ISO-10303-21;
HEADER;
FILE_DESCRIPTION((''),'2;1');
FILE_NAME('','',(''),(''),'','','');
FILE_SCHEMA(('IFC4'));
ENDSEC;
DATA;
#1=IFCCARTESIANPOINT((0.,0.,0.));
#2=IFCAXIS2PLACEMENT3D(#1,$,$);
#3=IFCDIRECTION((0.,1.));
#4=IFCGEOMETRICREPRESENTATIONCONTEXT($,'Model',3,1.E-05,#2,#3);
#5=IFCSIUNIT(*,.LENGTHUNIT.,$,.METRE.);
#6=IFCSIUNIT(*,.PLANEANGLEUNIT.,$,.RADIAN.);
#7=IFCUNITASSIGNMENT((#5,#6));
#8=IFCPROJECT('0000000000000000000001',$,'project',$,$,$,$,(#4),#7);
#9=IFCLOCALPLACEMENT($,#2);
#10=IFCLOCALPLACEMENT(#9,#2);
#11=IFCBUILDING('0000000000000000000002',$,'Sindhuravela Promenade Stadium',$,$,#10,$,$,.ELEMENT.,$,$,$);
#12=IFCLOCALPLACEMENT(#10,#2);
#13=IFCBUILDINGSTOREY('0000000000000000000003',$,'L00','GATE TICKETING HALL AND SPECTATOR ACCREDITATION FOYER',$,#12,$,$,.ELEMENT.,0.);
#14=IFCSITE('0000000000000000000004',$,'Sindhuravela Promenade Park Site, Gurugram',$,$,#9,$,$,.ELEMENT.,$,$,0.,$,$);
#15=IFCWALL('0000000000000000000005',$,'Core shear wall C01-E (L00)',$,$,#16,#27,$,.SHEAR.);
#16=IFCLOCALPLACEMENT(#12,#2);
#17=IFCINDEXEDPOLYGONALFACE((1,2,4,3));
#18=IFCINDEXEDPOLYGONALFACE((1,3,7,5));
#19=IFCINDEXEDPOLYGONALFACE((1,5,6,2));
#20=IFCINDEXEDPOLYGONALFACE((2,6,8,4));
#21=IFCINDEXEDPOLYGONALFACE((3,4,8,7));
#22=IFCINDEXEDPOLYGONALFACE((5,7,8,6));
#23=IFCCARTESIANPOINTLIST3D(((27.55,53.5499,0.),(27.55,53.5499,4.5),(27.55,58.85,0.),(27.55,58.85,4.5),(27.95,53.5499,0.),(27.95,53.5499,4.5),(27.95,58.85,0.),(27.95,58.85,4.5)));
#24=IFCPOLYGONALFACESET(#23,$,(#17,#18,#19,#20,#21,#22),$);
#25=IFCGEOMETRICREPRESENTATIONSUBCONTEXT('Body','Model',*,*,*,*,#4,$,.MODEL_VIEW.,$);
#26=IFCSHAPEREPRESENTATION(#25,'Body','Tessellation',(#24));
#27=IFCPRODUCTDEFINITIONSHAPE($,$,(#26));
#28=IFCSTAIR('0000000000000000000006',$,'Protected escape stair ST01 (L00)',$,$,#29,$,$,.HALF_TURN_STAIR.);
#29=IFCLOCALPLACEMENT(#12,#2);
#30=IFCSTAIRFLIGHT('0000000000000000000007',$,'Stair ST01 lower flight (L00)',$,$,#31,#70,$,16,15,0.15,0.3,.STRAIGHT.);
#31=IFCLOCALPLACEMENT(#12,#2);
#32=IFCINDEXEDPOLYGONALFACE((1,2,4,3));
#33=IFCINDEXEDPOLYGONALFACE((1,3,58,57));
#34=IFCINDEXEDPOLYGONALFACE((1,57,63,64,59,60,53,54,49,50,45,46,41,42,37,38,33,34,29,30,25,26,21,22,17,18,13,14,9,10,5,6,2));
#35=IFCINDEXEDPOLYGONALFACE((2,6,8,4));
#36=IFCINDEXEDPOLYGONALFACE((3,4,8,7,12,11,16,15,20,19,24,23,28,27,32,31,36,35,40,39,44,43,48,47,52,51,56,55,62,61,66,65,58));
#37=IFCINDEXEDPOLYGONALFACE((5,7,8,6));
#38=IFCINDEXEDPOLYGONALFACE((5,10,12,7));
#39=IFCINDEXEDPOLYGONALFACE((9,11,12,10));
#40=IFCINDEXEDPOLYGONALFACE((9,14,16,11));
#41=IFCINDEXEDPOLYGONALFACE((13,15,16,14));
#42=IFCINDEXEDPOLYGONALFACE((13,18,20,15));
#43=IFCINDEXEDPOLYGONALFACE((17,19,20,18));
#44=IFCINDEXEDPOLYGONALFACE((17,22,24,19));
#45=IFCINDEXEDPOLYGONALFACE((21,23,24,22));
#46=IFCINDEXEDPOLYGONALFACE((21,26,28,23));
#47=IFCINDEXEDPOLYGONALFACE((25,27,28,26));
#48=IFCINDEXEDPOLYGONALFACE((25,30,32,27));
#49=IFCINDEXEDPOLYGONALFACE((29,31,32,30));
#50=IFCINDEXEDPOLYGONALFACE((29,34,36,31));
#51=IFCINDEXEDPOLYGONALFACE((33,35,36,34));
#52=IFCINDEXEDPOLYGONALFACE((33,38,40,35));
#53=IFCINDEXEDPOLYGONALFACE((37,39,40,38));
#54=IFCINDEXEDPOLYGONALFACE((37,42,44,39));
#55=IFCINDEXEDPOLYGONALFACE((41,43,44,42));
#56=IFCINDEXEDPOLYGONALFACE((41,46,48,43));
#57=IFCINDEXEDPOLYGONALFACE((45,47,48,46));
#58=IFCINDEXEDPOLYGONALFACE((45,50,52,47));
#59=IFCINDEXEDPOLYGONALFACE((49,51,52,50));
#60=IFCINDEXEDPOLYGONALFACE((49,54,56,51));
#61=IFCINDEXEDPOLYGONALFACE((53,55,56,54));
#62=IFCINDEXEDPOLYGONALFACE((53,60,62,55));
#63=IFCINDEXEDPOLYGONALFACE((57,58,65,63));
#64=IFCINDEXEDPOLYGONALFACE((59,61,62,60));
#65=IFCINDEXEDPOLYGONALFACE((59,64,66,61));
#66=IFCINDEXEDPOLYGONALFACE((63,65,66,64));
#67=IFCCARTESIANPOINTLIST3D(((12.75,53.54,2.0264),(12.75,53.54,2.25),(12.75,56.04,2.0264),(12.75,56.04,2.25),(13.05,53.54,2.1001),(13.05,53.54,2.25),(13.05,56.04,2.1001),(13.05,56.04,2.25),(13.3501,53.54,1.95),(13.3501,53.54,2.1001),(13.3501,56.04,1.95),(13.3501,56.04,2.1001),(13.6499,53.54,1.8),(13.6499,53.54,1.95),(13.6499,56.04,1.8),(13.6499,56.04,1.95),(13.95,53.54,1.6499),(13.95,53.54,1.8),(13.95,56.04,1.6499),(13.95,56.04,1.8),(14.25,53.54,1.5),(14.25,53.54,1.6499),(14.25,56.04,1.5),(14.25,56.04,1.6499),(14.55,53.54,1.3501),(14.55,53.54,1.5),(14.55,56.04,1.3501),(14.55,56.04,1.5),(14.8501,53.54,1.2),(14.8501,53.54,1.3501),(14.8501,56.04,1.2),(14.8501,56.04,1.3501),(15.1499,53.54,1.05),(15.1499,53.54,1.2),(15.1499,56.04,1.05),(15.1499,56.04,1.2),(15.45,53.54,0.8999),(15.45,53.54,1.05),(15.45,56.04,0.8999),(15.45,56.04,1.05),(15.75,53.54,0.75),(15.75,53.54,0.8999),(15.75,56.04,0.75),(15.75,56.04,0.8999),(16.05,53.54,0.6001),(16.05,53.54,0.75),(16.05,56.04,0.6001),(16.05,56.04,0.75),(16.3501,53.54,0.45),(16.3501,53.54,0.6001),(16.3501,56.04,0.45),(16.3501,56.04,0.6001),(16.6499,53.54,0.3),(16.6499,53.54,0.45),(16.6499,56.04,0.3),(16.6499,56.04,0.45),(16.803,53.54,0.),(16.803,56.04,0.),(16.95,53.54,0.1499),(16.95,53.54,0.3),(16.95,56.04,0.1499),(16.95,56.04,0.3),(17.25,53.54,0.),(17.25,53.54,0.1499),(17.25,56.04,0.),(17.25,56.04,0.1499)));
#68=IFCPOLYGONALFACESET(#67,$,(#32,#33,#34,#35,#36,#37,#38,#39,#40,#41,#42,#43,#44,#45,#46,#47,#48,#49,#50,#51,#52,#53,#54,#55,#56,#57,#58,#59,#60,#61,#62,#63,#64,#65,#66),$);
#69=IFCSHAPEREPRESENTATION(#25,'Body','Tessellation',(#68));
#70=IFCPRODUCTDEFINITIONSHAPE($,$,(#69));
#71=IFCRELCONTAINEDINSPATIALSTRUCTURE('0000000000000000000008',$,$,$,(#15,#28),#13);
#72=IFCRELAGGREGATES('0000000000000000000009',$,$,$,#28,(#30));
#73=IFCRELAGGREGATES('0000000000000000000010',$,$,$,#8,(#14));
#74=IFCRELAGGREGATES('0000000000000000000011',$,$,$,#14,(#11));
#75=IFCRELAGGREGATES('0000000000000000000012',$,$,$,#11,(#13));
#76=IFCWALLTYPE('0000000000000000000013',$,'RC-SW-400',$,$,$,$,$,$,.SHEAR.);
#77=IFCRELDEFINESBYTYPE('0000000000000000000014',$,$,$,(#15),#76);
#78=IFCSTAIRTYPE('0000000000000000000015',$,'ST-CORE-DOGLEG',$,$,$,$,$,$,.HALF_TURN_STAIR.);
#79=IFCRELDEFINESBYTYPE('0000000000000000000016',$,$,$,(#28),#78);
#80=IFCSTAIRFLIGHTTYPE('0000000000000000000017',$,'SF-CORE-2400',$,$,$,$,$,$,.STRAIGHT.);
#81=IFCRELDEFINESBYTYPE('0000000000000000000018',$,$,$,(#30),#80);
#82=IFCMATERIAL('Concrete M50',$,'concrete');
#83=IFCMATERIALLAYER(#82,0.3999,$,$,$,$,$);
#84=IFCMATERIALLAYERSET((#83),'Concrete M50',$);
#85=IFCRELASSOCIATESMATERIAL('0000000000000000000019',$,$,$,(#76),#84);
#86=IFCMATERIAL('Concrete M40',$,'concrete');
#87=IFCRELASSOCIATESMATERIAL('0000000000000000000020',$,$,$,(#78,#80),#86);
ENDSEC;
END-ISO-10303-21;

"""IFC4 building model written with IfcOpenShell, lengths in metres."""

from ifc_helpers import new_model, si_unit, direction, frame, frame_2d, origin, place, context, subcontext, project, spatial, polyline, rectangle, outline, extrude, material, layer, layer_set, type_object, element, aggregate, save


model = new_model("IFC4")

# Units and contexts
model_context = context("Model", 3, precision=1e-05, world=origin(), true_north=direction((0.0, 1.0)))
body_context = subcontext(model_context, "Body", "Model", "MODEL_VIEW")
ifc_project = project(units=[si_unit("LENGTHUNIT", "METRE"), si_unit("PLANEANGLEUNIT", "RADIAN")], contexts=[model_context])

# Site, building, storey
site_placement = place(None, origin())
site = spatial("IfcSite", under=ifc_project, at=site_placement, Name="Sindhuravela Promenade Park Site, Gurugram", CompositionType="ELEMENT", RefElevation=0.0)
building_placement = place(site_placement, origin())
building = spatial("IfcBuilding", under=site, at=building_placement, Name="Sindhuravela Promenade Stadium", CompositionType="ELEMENT")
storey_placement = place(building_placement, origin())
storey = spatial("IfcBuildingStorey", under=building, at=storey_placement, Name="L00", Description="GATE TICKETING HALL AND SPECTATOR ACCREDITATION FOYER", CompositionType="ELEMENT", Elevation=0.0)

# Shared definitions
ifc_material_1 = material(Name="Concrete M50", Category="concrete")

# Shared definitions
ifc_material_2 = material(Name="Concrete M40", Category="concrete")

# Wall
ifc_layer_1 = layer(ifc_material_1, 0.3999)
ifc_layer_set_1 = layer_set([ifc_layer_1], Name="Concrete M50")
wall_type_1 = type_object("IfcWallType", Name="RC-SW-400", PredefinedType="SHEAR", material=ifc_layer_set_1)
wall_1_placement = place(storey_placement, frame((27.75, 53.55, 0.0), z_axis=(0.0, 0.0, 1.0), x_axis=(0.0, 1.0, 0.0)))
element("IfcWall", 1, at=wall_1_placement, inside=storey, type_object=wall_type_1, Name="Core shear wall C01-E (L00)", PredefinedType="SHEAR", context=body_context, shape_type="SweptSolid", body=[
    extrude(rectangle(XDim=5.3, YDim=0.3999, at=frame_2d((2.6499, 0.0))), origin(), (0.0, 0.0, 1.0), 4.5),
])

# Stair, stair flight
stair_type = type_object("IfcStairType", Name="ST-CORE-DOGLEG", PredefinedType="HALF_TURN_STAIR", material=ifc_material_2)
stair_placement = place(storey_placement, origin())
stair = element("IfcStair", 2, at=stair_placement, inside=storey, type_object=stair_type, Name="Protected escape stair ST01 (L00)", PredefinedType="HALF_TURN_STAIR")
stair_flight_type = type_object("IfcStairFlightType", Name="SF-CORE-2400", PredefinedType="STRAIGHT", material=ifc_material_2)
stair_flight_placement = place(storey_placement, frame((17.25, 54.79, 0.0), z_axis=(0.0, 0.0, 1.0), x_axis=(-1.0, 0.0, 0.0)))
stair_flight = element("IfcStairFlight", 3, at=stair_flight_placement, type_object=stair_flight_type, Name="Stair ST01 lower flight (L00)", NumberOfRisers=16, NumberOfTreads=15, PredefinedType="STRAIGHT", RiserHeight=0.15, TreadLength=0.3, context=body_context, shape_type="SweptSolid", body=[
    extrude(outline(polyline([(0.0, 0.0), (0.0, 0.1499), (0.3, 0.1499), (0.3, 0.3), (0.6001, 0.3), (0.6001, 0.45), (0.8999, 0.45), (0.8999, 0.6001), (1.2, 0.6001), (1.2, 0.75), (1.5, 0.75), (1.5, 0.8999), (1.8, 0.8999), (1.8, 1.05), (2.1001, 1.05), (2.1001, 1.2), (2.3999, 1.2), (2.3999, 1.3501), (2.7, 1.3501), (2.7, 1.5), (3.0, 1.5), (3.0, 1.6499), (3.3, 1.6499), (3.3, 1.8), (3.6001, 1.8), (3.6001, 1.95), (3.8999, 1.95), (3.8999, 2.1001), (4.2, 2.1001), (4.2, 2.25), (4.5, 2.25), (4.5, 2.3999), (4.5, 2.0264), (0.447, 0.0), (0.0, 0.0)])), frame((0.0, 1.25, 0.0), z_axis=(0.0, -1.0, 0.0), x_axis=(1.0, 0.0, 0.0)), (0.0, 0.0, 1.0), 2.5),
])
aggregate(stair, [stair_flight])

save(model, "model.ifc")
